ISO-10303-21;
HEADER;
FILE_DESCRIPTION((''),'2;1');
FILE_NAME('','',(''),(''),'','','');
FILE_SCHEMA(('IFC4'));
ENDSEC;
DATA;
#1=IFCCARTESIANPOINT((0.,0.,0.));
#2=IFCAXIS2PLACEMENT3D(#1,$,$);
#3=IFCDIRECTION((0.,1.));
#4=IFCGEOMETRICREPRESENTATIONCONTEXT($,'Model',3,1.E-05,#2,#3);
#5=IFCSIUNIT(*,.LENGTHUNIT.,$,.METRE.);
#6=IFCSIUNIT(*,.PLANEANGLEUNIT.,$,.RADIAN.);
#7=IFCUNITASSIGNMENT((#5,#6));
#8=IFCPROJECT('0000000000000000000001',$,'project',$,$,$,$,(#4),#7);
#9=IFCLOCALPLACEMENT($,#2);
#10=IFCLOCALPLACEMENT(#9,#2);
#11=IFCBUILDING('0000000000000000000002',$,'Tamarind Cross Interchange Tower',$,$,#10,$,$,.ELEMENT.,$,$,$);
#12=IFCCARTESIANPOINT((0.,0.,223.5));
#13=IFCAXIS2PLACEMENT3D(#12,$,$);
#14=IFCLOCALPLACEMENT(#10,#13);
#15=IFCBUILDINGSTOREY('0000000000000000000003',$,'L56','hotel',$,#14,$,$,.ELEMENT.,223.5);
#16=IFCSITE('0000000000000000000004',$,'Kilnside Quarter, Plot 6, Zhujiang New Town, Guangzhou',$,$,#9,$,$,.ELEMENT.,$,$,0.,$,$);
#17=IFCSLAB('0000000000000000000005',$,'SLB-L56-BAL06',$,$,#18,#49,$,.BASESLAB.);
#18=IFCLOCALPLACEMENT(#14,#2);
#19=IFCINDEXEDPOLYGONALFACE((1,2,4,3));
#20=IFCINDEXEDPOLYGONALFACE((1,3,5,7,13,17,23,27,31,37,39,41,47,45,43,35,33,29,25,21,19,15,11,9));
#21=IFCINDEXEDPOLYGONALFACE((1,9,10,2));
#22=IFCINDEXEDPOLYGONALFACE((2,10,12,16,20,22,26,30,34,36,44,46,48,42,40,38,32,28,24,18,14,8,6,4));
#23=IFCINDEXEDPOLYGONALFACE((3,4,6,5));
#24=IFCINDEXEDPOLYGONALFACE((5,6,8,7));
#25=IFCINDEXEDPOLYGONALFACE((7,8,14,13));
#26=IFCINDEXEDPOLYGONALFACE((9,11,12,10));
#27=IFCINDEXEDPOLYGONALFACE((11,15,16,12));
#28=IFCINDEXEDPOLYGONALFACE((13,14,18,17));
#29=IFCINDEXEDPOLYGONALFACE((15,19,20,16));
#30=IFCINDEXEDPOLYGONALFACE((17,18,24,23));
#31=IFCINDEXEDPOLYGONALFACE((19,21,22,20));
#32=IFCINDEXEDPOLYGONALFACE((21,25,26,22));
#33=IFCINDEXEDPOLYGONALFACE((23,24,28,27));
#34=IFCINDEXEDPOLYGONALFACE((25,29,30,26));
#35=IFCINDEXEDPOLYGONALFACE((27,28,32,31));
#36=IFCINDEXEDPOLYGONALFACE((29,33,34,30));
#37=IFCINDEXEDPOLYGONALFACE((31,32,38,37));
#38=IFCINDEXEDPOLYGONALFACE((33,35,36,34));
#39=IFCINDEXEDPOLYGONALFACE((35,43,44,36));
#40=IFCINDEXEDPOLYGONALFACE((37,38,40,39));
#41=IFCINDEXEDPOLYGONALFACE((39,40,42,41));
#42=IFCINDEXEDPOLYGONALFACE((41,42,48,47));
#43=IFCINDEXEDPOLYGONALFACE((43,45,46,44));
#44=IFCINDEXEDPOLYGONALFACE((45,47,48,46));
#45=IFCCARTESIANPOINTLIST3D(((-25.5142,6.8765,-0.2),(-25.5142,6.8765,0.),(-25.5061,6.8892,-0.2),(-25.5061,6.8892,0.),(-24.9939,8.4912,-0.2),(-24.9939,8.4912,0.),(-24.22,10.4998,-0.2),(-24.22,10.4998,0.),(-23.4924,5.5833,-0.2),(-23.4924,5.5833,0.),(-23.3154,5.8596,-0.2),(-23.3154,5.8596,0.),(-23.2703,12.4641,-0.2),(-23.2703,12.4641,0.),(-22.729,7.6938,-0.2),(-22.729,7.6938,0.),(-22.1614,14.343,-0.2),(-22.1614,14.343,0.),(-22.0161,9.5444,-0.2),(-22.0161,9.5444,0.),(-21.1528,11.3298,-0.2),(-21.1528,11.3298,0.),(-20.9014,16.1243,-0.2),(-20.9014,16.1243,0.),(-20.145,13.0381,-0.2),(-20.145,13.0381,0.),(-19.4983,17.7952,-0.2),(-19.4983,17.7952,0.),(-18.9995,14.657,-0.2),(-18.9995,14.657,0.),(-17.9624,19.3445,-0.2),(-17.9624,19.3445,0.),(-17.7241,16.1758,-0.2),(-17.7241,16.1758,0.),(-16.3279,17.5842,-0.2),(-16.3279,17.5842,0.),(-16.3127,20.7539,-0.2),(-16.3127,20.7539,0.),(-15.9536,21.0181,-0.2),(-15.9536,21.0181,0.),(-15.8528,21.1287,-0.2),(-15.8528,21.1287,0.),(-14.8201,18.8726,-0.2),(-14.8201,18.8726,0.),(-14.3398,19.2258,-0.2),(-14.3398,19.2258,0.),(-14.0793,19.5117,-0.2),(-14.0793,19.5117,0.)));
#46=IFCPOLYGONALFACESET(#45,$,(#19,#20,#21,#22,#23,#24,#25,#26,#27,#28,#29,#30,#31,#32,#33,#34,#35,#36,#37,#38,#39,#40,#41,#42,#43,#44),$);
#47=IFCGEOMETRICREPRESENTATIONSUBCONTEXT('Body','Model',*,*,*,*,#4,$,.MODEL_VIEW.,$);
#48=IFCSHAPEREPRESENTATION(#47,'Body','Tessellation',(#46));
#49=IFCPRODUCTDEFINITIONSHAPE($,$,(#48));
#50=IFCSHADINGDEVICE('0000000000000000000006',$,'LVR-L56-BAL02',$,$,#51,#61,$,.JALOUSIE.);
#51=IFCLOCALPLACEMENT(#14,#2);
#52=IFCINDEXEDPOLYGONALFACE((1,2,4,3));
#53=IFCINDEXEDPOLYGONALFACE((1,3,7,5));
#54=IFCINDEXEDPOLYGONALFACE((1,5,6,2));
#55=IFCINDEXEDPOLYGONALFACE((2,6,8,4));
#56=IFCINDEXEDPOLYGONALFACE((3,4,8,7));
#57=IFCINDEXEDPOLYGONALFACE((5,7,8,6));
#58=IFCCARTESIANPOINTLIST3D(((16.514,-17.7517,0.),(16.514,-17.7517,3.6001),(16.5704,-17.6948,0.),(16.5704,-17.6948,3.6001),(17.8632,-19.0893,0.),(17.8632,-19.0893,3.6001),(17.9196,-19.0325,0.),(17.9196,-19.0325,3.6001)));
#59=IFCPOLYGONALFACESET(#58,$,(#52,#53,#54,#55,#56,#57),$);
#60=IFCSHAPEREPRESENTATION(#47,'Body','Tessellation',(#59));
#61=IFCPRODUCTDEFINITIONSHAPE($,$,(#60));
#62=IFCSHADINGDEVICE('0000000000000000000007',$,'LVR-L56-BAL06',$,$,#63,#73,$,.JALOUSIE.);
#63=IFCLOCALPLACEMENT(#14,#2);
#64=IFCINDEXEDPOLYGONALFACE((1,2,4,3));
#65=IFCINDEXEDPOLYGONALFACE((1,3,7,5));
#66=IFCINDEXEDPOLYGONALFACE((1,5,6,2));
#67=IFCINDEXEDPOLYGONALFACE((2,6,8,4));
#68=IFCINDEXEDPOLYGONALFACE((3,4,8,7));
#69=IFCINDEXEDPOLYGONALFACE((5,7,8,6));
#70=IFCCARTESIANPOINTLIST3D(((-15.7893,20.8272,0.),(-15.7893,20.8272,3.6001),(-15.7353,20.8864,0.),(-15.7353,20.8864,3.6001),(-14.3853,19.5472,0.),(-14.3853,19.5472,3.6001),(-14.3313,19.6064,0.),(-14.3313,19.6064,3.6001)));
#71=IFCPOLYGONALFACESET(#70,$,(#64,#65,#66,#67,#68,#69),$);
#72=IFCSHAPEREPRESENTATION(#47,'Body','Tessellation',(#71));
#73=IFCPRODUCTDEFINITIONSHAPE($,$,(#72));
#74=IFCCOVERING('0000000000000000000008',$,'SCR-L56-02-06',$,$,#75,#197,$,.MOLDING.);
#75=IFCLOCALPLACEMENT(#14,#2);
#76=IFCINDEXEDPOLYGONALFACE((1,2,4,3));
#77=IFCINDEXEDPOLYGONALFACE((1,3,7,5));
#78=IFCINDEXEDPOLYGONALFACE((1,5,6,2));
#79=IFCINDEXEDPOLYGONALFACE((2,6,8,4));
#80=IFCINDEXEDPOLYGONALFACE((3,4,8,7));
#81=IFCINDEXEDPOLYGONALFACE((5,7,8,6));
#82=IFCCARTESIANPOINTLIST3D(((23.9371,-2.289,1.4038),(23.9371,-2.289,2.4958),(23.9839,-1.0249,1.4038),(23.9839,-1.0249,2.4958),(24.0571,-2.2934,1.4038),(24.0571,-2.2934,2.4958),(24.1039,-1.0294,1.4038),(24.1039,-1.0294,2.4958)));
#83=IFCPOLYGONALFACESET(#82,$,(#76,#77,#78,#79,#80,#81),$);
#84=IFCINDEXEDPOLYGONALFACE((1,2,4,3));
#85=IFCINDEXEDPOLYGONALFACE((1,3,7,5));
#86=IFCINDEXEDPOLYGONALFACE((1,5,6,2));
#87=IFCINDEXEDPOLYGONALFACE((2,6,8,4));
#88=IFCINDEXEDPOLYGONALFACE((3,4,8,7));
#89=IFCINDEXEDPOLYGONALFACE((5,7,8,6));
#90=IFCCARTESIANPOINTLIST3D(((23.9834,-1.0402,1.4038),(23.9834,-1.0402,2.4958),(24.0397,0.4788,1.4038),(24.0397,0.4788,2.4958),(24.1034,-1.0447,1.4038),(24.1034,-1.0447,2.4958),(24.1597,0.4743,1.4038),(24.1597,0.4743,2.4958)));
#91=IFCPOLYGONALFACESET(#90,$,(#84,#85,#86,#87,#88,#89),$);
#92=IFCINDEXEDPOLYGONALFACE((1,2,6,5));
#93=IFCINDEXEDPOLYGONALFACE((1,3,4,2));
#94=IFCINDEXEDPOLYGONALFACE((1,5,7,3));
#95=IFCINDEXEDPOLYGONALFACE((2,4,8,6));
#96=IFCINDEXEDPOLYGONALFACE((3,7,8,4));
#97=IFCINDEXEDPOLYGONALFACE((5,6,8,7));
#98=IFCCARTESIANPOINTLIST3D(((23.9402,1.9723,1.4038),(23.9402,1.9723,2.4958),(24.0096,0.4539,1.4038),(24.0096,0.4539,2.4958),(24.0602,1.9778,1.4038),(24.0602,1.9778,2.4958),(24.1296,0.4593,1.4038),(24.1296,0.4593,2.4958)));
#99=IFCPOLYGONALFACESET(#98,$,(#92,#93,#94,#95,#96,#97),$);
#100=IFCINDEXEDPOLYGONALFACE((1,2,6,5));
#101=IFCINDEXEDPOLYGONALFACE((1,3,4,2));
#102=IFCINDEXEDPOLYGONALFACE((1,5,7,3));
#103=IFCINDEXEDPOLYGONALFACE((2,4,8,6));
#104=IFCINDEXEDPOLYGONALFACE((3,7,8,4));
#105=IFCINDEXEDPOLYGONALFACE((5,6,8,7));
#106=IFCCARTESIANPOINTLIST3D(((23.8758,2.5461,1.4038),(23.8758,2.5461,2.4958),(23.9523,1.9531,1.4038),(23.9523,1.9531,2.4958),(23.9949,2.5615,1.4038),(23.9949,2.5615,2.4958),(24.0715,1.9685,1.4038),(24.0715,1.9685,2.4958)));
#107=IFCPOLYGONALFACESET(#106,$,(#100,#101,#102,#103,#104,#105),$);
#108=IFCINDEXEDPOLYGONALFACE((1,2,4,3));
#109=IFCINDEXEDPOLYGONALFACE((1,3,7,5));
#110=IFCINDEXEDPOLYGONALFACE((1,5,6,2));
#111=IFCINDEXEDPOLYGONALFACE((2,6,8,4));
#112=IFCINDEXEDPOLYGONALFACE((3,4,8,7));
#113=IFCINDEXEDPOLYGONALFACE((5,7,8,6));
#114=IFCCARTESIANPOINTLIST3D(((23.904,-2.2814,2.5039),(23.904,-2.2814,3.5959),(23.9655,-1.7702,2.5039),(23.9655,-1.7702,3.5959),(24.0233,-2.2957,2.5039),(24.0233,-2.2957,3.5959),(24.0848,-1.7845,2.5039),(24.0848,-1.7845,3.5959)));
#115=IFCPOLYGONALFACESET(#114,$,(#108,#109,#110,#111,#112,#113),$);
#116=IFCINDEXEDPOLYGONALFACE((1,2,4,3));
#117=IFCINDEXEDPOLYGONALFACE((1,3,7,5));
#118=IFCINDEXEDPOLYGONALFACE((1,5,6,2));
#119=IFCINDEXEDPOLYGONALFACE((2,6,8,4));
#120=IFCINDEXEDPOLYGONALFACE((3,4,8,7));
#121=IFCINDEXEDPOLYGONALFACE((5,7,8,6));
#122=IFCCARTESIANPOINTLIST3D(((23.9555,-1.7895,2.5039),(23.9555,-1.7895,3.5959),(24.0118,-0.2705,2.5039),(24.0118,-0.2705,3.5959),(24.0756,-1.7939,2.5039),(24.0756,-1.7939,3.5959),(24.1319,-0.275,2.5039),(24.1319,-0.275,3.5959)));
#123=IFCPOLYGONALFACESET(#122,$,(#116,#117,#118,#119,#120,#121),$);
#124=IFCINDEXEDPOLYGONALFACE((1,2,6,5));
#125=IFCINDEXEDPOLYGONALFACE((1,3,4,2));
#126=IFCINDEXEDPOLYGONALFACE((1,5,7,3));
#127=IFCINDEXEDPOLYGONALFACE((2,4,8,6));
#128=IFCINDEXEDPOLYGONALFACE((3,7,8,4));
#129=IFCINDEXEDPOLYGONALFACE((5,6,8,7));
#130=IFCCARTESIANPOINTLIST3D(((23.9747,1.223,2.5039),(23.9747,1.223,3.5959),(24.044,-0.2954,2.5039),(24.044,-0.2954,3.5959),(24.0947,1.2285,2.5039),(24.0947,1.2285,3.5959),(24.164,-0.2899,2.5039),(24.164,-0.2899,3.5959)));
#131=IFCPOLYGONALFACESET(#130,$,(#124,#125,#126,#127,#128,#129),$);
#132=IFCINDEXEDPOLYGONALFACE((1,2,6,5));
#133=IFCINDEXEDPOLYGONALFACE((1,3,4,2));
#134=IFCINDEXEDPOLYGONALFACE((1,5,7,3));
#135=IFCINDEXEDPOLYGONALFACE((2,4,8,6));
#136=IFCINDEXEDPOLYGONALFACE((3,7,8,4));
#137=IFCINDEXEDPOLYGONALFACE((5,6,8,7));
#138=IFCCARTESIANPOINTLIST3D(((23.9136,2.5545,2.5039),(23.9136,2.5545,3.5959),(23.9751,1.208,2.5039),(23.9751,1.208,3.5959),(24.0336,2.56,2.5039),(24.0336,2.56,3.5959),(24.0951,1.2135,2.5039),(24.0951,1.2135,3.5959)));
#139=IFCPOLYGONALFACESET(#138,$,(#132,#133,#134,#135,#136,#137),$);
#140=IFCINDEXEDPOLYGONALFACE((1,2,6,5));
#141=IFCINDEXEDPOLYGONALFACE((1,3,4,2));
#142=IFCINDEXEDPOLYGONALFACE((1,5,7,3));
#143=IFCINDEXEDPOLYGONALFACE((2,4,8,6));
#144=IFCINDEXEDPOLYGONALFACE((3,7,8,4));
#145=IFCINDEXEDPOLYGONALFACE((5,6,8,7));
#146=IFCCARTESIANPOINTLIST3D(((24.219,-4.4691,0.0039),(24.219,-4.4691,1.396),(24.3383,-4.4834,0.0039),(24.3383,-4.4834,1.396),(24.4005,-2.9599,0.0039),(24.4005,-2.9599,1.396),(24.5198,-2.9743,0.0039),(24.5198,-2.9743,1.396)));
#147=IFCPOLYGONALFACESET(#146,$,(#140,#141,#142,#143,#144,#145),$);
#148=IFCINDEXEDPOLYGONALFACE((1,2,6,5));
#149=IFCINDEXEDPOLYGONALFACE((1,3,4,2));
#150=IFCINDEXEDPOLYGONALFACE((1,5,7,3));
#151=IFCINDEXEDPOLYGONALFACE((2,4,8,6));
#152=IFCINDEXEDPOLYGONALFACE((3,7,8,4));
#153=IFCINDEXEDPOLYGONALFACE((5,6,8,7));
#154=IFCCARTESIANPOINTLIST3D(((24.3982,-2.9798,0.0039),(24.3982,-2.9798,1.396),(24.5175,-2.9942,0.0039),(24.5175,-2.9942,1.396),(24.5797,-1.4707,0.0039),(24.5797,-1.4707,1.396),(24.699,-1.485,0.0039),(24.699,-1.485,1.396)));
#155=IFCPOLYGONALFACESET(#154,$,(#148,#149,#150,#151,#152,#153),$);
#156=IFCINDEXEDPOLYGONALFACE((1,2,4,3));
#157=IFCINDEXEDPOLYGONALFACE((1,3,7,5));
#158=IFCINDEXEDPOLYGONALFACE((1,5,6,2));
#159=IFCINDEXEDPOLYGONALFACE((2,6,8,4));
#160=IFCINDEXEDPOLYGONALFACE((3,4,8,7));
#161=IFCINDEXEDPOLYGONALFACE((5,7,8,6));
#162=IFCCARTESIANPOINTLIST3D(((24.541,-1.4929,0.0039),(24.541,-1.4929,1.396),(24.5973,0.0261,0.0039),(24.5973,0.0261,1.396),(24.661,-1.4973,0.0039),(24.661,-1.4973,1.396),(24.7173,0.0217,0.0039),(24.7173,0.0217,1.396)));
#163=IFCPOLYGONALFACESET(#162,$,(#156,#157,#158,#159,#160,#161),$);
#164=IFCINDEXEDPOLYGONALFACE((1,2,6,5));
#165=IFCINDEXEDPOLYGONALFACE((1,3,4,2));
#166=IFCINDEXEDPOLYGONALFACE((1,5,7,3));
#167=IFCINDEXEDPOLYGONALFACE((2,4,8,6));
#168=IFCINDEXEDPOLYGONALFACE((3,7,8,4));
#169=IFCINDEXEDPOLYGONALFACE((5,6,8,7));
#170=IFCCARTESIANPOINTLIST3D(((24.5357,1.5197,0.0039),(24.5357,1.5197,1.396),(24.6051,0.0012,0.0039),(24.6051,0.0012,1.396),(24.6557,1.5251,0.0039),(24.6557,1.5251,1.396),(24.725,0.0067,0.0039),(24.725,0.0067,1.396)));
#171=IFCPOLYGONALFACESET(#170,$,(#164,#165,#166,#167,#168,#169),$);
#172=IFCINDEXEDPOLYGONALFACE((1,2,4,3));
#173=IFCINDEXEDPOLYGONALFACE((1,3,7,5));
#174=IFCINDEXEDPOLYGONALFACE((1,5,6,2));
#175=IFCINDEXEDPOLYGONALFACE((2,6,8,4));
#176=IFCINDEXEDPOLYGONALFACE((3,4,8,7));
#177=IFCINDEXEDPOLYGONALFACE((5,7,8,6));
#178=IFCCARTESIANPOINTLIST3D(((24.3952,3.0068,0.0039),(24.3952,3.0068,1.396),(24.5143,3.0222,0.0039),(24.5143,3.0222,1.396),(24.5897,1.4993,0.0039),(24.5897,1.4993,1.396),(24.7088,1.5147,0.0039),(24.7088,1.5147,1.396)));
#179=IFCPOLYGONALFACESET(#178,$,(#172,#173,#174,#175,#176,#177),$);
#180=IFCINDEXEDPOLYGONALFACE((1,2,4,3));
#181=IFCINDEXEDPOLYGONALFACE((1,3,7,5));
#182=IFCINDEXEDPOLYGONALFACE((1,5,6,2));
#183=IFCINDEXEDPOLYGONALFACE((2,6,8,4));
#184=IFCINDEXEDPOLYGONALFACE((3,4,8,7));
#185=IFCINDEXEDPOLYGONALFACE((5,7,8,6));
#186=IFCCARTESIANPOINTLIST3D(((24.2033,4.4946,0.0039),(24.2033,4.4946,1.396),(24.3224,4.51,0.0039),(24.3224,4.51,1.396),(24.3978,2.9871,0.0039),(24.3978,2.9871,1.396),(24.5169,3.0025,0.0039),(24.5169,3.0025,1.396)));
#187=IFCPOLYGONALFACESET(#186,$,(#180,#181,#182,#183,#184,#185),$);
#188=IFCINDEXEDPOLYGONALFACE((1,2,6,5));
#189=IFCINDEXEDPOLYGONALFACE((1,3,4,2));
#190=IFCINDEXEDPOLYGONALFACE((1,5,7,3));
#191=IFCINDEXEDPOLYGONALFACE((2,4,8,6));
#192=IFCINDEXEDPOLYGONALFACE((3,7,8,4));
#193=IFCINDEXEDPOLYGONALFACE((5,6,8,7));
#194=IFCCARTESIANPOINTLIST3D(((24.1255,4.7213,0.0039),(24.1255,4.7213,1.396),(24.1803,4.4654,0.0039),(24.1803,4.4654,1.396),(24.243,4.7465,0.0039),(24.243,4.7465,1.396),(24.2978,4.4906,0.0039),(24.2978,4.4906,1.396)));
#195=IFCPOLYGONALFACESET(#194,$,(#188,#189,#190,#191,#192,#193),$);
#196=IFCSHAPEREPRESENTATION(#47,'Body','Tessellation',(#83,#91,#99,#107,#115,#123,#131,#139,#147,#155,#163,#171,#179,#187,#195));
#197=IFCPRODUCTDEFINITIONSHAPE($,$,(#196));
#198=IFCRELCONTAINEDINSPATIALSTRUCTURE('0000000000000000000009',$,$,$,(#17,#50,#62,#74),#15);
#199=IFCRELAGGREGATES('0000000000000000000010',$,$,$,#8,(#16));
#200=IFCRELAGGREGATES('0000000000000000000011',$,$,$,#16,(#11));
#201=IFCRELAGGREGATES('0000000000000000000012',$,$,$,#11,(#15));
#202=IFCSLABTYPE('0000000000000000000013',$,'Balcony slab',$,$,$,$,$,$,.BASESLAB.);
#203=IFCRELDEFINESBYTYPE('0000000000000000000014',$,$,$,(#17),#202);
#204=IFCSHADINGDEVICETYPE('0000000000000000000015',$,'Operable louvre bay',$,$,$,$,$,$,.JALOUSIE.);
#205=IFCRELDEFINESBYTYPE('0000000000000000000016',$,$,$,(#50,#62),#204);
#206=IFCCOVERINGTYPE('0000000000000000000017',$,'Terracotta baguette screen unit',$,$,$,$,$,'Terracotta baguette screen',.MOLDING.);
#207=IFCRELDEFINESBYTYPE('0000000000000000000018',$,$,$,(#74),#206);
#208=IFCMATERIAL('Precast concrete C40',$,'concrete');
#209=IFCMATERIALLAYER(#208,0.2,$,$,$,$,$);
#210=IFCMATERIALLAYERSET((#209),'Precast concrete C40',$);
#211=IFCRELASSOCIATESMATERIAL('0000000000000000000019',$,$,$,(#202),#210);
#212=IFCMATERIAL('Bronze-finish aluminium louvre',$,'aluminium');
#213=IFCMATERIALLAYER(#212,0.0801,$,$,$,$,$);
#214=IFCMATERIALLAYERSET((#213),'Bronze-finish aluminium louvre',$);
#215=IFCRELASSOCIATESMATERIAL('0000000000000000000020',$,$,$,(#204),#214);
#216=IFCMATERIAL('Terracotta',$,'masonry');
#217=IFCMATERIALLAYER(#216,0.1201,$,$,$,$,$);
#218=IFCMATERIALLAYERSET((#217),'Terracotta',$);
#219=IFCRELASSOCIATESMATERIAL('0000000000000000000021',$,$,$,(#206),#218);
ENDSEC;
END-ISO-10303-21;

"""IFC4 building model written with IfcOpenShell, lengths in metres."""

from ifc_helpers import new_model, si_unit, direction, frame, origin, origin_2d, place, context, subcontext, project, spatial, polyline, rectangle, outline, extrude, material, layer, layer_set, type_object, element, save


model = new_model("IFC4")

# Units and contexts
model_context = context("Model", 3, precision=1e-05, world=origin(), true_north=direction((0.0, 1.0)))
body_context = subcontext(model_context, "Body", "Model", "MODEL_VIEW")
ifc_project = project(units=[si_unit("LENGTHUNIT", "METRE"), si_unit("PLANEANGLEUNIT", "RADIAN")], contexts=[model_context])

# Site, building, storey
site_placement = place(None, origin())
site = spatial("IfcSite", under=ifc_project, at=site_placement, Name="Kilnside Quarter, Plot 6, Zhujiang New Town, Guangzhou", CompositionType="ELEMENT", RefElevation=0.0)
building_placement = place(site_placement, origin())
building = spatial("IfcBuilding", under=site, at=building_placement, Name="Tamarind Cross Interchange Tower", CompositionType="ELEMENT")
storey_placement = place(building_placement, frame((0.0, 0.0, 223.5)))
storey = spatial("IfcBuildingStorey", under=building, at=storey_placement, Name="L56", Description="hotel", CompositionType="ELEMENT", Elevation=223.5)

# Slab
ifc_material_1 = material(Name="Precast concrete C40", Category="concrete")
ifc_layer_1 = layer(ifc_material_1, 0.2)
ifc_layer_set_1 = layer_set([ifc_layer_1], Name="Precast concrete C40")
slab_type = type_object("IfcSlabType", Name="Balcony slab", PredefinedType="BASESLAB", material=ifc_layer_set_1)
slab_1_placement = place(storey_placement, frame((0.0, 0.0, -0.2)))
element("IfcSlab", 1, at=slab_1_placement, inside=storey, type_object=slab_type, Name="SLB-L56-BAL06", PredefinedType="BASESLAB", context=body_context, shape_type="SweptSolid", body=[
    extrude(outline(polyline([(-14.0793, 19.5117), (-14.3398, 19.2258), (-14.8201, 18.8726), (-16.3279, 17.5842), (-17.7241, 16.1758), (-18.9995, 14.657), (-20.145, 13.0381), (-21.1528, 11.3298), (-22.0161, 9.5444), (-22.729, 7.6938), (-23.3154, 5.8596), (-23.4924, 5.5833), (-25.5142, 6.8765), (-25.5061, 6.8892), (-24.9939, 8.4912), (-24.22, 10.4998), (-23.2703, 12.4641), (-22.1614, 14.343), (-20.9014, 16.1243), (-19.4983, 17.7952), (-17.9624, 19.3445), (-16.3127, 20.7539), (-15.9536, 21.0181), (-15.8528, 21.1287), (-14.0793, 19.5117)])), origin(), (0.0, 0.0, 1.0), 0.2),
])

# Shading devices
ifc_material_2 = material(Name="Bronze-finish aluminium louvre", Category="aluminium")
ifc_layer_2 = layer(ifc_material_2, 0.0801)
ifc_layer_set_2 = layer_set([ifc_layer_2], Name="Bronze-finish aluminium louvre")
shading_device_type = type_object("IfcShadingDeviceType", Name="Operable louvre bay", PredefinedType="JALOUSIE", material=ifc_layer_set_2)
shading_device_1_placement = place(storey_placement, origin())
element("IfcShadingDevice", 2, at=shading_device_1_placement, inside=storey, type_object=shading_device_type, Name="LVR-L56-BAL02", PredefinedType="JALOUSIE", context=body_context, shape_type="SweptSolid", body=[
    extrude(rectangle(XDim=1.8999, YDim=0.0801, at=origin_2d()), frame((17.2168, -18.3921, 0.0), z_axis=(0.0, 0.0, 1.0), x_axis=(0.710143, -0.704057, 0.0)), (0.0, 0.0, 1.0), 3.6001),
])
shading_device_2_placement = place(storey_placement, origin())
element("IfcShadingDevice", 3, at=shading_device_2_placement, inside=storey, type_object=shading_device_type, Name="LVR-L56-BAL06", PredefinedType="JALOUSIE", context=body_context, shape_type="SweptSolid", body=[
    extrude(rectangle(XDim=1.8999, YDim=0.0801, at=origin_2d()), frame((-15.0603, 20.2168, 0.0), z_axis=(0.0, 0.0, 1.0), x_axis=(-0.739005, 0.673699, 0.0)), (0.0, 0.0, 1.0), 3.6001),
])

# Covering
ifc_material_3 = material(Name="Terracotta", Category="masonry")
ifc_layer_3 = layer(ifc_material_3, 0.1201)
ifc_layer_set_3 = layer_set([ifc_layer_3], Name="Terracotta")
covering_type = type_object("IfcCoveringType", Name="Terracotta baguette screen unit", ElementType="Terracotta baguette screen", PredefinedType="MOLDING", material=ifc_layer_set_3)
covering_1_placement = place(storey_placement, origin())
element("IfcCovering", 4, at=covering_1_placement, inside=storey, type_object=covering_type, Name="SCR-L56-02-06", PredefinedType="MOLDING", context=body_context, shape_type="SweptSolid", body=[
    extrude(rectangle(XDim=1.2649, YDim=0.1201, at=origin_2d()), frame((24.0205, -1.6592, 1.4038), z_axis=(0.0, 0.0, 1.0), x_axis=(0.037025, 0.999314, 0.0)), (0.0, 0.0, 1.0), 1.092),
    extrude(rectangle(XDim=1.52, YDim=0.1201, at=origin_2d()), frame((24.0715, -0.283, 1.4038), z_axis=(0.0, 0.0, 1.0), x_axis=(0.037025, 0.999314, 0.0)), (0.0, 0.0, 1.0), 1.092),
    extrude(rectangle(XDim=1.52, YDim=0.1201, at=origin_2d()), frame((24.0349, 1.2158, 1.4038), z_axis=(0.0, 0.0, 1.0), x_axis=(-0.045624, 0.998959, 0.0)), (0.0, 0.0, 1.0), 1.092),
    extrude(rectangle(XDim=0.5979, YDim=0.1201, at=origin_2d()), frame((23.9736, 2.2573, 1.4038), z_axis=(0.0, 0.0, 1.0), x_axis=(-0.127962, 0.991779, 0.0)), (0.0, 0.0, 1.0), 1.092),
    extrude(rectangle(XDim=0.5149, YDim=0.1201, at=origin_2d()), frame((23.9944, -2.033, 2.5039), z_axis=(0.0, 0.0, 1.0), x_axis=(0.119421, 0.992844, 0.0)), (0.0, 0.0, 1.0), 1.092),
    extrude(rectangle(XDim=1.52, YDim=0.1201, at=origin_2d()), frame((24.0437, -1.0322, 2.5039), z_axis=(0.0, 0.0, 1.0), x_axis=(0.037025, 0.999314, 0.0)), (0.0, 0.0, 1.0), 1.092),
    extrude(rectangle(XDim=1.52, YDim=0.1201, at=origin_2d()), frame((24.0693, 0.4666, 2.5039), z_axis=(0.0, 0.0, 1.0), x_axis=(-0.045624, 0.998959, 0.0)), (0.0, 0.0, 1.0), 1.092),
    extrude(rectangle(XDim=1.3479, YDim=0.1201, at=origin_2d()), frame((24.0044, 1.884, 2.5039), z_axis=(0.0, 0.0, 1.0), x_axis=(-0.045624, 0.998959, 0.0)), (0.0, 0.0, 1.0), 1.092),
    extrude(rectangle(XDim=1.52, YDim=0.1201, at=origin_2d()), frame((24.3694, -3.7217, 0.0039), z_axis=(0.0, 0.0, 1.0), x_axis=(0.119421, 0.992844, 0.0)), (0.0, 0.0, 1.0), 1.3921),
    extrude(rectangle(XDim=1.52, YDim=0.1201, at=origin_2d()), frame((24.5486, -2.2324, 0.0039), z_axis=(0.0, 0.0, 1.0), x_axis=(0.119421, 0.992844, 0.0)), (0.0, 0.0, 1.0), 1.3921),
    extrude(rectangle(XDim=1.52, YDim=0.1201, at=origin_2d()), frame((24.6292, -0.7356, 0.0039), z_axis=(0.0, 0.0, 1.0), x_axis=(0.037025, 0.999314, 0.0)), (0.0, 0.0, 1.0), 1.3921),
    extrude(rectangle(XDim=1.52, YDim=0.1201, at=origin_2d()), frame((24.6304, 0.7632, 0.0039), z_axis=(0.0, 0.0, 1.0), x_axis=(-0.045624, 0.998959, 0.0)), (0.0, 0.0, 1.0), 1.3921),
    extrude(rectangle(XDim=1.52, YDim=0.1201, at=origin_2d()), frame((24.552, 2.2607, 0.0039), z_axis=(0.0, 0.0, 1.0), x_axis=(-0.127962, 0.991779, 0.0)), (0.0, 0.0, 1.0), 1.3921),
    extrude(rectangle(XDim=1.52, YDim=0.1201, at=origin_2d()), frame((24.3601, 3.7485, 0.0039), z_axis=(0.0, 0.0, 1.0), x_axis=(-0.127962, 0.991779, 0.0)), (0.0, 0.0, 1.0), 1.3921),
    extrude(rectangle(XDim=0.2617, YDim=0.1201, at=origin_2d()), frame((24.2117, 4.606, 0.0039), z_axis=(0.0, 0.0, 1.0), x_axis=(-0.209425, 0.977825, 0.0)), (0.0, 0.0, 1.0), 1.3921),
])

save(model, "model.ifc")
